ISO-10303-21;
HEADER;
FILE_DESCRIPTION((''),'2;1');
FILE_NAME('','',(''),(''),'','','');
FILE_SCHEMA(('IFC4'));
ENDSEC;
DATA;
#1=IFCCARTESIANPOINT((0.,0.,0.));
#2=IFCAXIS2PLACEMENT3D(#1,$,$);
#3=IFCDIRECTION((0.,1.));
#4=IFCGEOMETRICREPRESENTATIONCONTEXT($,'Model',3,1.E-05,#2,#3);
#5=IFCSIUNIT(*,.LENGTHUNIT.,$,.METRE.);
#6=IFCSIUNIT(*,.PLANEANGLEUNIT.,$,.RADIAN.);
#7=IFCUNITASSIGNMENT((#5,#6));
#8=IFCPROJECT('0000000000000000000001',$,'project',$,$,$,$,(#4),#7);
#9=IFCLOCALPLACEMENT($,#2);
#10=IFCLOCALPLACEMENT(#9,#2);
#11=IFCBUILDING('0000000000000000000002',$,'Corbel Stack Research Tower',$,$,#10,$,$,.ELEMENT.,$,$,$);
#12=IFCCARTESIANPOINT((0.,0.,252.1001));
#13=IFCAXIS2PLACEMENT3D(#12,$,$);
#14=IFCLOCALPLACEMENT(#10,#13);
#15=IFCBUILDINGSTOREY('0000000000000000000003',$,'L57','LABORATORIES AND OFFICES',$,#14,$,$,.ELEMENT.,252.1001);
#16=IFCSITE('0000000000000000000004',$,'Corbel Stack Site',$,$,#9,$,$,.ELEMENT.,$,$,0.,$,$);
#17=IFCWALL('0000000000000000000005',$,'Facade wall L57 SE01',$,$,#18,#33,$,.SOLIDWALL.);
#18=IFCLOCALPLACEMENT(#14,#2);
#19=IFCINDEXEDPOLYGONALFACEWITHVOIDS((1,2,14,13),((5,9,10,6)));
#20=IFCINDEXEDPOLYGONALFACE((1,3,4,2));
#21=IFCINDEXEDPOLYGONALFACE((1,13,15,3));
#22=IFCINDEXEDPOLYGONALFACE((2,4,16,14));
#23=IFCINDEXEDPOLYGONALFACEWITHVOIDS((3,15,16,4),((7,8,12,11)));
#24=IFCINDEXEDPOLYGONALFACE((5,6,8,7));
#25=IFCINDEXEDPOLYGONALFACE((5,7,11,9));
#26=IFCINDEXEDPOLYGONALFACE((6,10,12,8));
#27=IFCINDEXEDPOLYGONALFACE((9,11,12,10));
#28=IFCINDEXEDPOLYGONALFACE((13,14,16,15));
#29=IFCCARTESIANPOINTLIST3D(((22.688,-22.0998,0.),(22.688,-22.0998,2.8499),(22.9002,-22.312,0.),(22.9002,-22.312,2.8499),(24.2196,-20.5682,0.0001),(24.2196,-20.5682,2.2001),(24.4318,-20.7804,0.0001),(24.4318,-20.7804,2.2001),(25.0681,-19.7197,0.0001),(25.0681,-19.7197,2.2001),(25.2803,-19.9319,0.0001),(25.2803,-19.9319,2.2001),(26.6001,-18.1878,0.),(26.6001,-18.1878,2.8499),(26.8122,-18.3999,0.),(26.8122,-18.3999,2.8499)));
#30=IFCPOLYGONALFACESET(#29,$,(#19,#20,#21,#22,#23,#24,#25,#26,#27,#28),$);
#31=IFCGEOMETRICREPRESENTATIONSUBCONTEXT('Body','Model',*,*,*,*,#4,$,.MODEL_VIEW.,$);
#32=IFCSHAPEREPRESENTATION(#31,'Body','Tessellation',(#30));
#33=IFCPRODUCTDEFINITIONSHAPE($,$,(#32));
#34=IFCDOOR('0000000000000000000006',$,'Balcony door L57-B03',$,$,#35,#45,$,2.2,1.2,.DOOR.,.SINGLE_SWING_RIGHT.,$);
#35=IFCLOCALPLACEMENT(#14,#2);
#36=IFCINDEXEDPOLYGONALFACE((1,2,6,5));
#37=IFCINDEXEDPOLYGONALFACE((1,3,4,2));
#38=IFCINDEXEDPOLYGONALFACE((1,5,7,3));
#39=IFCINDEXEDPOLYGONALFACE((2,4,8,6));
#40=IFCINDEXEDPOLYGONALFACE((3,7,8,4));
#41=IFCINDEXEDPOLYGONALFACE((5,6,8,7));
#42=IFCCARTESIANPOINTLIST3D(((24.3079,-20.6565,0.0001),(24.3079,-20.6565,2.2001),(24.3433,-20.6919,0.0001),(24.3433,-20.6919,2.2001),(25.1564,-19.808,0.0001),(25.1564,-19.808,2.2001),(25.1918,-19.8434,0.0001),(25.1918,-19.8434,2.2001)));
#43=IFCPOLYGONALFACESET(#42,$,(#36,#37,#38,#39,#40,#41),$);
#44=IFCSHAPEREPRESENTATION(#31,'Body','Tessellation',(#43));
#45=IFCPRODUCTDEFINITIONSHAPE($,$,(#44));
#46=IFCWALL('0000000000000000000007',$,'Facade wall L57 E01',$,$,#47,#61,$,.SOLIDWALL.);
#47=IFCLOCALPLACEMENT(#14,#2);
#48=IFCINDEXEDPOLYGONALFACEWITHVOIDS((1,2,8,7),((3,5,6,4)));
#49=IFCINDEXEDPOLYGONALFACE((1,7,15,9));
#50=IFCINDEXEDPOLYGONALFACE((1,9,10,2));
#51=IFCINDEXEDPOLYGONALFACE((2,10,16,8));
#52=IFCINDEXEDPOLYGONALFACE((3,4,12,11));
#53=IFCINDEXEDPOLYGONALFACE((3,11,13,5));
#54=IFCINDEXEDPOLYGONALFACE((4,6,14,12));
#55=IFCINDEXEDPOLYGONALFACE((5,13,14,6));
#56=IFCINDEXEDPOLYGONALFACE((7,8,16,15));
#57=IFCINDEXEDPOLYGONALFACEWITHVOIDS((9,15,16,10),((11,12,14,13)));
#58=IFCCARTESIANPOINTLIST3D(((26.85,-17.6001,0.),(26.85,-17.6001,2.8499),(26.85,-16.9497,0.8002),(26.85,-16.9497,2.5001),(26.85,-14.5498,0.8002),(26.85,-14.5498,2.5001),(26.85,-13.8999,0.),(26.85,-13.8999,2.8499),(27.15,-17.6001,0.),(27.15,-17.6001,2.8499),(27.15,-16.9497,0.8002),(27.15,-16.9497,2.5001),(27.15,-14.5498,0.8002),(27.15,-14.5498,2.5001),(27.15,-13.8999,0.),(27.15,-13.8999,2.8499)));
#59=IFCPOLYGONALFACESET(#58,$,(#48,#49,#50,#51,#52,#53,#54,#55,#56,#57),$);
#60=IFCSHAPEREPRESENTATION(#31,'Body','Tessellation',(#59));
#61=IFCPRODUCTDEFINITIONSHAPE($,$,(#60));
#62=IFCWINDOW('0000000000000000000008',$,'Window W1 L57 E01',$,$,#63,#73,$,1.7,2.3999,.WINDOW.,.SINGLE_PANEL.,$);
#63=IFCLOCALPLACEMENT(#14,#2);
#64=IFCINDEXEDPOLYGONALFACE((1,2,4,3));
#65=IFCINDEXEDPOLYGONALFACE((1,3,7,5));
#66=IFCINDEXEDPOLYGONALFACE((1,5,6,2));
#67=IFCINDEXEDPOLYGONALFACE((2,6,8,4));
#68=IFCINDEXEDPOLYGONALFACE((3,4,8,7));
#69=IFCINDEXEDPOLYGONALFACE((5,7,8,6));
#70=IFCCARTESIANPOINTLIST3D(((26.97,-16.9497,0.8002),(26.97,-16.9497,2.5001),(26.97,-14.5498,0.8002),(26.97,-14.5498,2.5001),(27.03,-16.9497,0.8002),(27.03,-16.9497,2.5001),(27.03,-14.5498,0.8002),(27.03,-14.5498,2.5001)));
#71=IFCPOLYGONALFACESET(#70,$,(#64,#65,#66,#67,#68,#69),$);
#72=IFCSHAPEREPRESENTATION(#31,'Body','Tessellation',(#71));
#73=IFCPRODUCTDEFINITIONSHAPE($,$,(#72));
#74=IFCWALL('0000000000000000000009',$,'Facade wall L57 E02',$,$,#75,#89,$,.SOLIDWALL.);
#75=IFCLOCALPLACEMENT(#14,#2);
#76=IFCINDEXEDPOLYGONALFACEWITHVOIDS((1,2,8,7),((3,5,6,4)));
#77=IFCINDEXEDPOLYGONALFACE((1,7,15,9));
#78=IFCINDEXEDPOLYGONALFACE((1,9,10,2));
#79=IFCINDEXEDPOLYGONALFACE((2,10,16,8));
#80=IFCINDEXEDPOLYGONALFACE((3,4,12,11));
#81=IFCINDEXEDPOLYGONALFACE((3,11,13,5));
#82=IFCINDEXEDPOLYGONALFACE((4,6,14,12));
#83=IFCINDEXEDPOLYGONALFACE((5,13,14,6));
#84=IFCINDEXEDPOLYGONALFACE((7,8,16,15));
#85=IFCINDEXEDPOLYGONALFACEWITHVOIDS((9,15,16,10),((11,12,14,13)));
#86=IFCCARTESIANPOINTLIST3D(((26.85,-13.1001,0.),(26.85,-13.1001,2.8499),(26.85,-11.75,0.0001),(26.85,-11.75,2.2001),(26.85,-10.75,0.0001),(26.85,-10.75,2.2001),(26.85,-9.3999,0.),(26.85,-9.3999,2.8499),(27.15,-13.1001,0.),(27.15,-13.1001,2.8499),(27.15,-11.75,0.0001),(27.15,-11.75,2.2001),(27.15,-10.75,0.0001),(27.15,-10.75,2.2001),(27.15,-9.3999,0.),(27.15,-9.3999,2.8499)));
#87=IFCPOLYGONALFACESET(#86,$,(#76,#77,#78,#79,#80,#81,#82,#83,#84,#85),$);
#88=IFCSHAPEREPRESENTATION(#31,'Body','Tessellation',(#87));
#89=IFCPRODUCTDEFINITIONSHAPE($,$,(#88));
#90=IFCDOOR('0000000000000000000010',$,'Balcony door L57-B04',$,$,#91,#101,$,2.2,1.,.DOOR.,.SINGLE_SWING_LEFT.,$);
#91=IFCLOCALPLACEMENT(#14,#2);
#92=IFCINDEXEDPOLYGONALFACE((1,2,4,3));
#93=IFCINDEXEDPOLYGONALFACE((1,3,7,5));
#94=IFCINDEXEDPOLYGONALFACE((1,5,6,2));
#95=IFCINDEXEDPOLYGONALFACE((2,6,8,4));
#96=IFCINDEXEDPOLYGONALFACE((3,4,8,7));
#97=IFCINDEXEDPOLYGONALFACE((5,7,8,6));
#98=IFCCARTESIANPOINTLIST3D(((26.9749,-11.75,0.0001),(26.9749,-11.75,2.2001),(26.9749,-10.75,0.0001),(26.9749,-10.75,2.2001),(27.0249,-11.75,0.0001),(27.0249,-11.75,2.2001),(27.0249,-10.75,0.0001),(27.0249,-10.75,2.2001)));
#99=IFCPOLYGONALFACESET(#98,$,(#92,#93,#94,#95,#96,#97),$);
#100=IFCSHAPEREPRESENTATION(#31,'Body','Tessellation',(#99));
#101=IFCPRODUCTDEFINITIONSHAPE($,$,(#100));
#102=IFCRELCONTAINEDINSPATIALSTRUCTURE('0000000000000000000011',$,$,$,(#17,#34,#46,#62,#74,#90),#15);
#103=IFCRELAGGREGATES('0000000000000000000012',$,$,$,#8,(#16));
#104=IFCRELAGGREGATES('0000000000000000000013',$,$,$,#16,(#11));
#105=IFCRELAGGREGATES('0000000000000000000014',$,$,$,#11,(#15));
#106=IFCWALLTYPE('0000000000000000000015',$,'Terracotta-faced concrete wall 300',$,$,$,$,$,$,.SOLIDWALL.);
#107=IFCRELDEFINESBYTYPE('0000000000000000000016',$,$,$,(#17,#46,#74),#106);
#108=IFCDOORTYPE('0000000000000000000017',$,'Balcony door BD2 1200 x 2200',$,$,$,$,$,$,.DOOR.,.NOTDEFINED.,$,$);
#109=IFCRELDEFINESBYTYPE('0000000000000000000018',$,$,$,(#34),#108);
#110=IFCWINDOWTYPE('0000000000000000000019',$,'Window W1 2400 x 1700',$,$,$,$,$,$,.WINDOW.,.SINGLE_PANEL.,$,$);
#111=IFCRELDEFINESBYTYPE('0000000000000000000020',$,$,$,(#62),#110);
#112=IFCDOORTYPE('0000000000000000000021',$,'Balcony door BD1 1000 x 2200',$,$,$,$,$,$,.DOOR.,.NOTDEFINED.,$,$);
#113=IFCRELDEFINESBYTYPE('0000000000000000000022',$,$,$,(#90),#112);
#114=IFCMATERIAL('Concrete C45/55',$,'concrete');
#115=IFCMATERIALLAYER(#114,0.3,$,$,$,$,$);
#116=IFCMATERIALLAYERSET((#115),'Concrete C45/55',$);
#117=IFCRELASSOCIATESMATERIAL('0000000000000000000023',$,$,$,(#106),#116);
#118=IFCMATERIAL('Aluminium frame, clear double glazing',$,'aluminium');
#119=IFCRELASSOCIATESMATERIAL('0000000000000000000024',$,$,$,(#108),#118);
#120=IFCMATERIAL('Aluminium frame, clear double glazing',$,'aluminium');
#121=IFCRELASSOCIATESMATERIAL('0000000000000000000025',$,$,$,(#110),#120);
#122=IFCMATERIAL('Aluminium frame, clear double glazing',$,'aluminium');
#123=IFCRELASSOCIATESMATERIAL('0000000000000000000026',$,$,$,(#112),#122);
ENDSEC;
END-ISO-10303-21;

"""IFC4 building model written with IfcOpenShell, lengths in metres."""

from ifc_helpers import new_model, si_unit, direction, frame, frame_2d, origin, place, context, subcontext, project, spatial, rectangle, extrude, material, layer, layer_set, type_object, element, fill, save


model = new_model("IFC4")

# Units and contexts
model_context = context("Model", 3, precision=1e-05, world=origin(), true_north=direction((0.0, 1.0)))
body_context = subcontext(model_context, "Body", "Model", "MODEL_VIEW")
ifc_project = project(units=[si_unit("LENGTHUNIT", "METRE"), si_unit("PLANEANGLEUNIT", "RADIAN")], contexts=[model_context])

# Site, building, storey
site_placement = place(None, origin())
site = spatial("IfcSite", under=ifc_project, at=site_placement, Name="Corbel Stack Site", CompositionType="ELEMENT", RefElevation=0.0)
building_placement = place(site_placement, origin())
building = spatial("IfcBuilding", under=site, at=building_placement, Name="Corbel Stack Research Tower", CompositionType="ELEMENT")
storey_placement = place(building_placement, frame((0.0, 0.0, 252.1001)))
storey = spatial("IfcBuildingStorey", under=building, at=storey_placement, Name="L57", Description="LABORATORIES AND OFFICES", CompositionType="ELEMENT", Elevation=252.1001)

# Wall, opening, door
ifc_material_1 = material(Name="Concrete C45/55", Category="concrete")
ifc_layer_1 = layer(ifc_material_1, 0.3)
ifc_layer_set_1 = layer_set([ifc_layer_1], Name="Concrete C45/55")
wall_type_1 = type_object("IfcWallType", Name="Terracotta-faced concrete wall 300", PredefinedType="SOLIDWALL", material=ifc_layer_set_1)
wall_1_placement = place(storey_placement, frame((26.7061, -18.2939, 0.0), z_axis=(0.0, 0.0, 1.0), x_axis=(-0.707107, -0.707107, 0.0)))
wall_1 = element("IfcWall", 1, at=wall_1_placement, inside=storey, type_object=wall_type_1, Name="Facade wall L57 SE01", PredefinedType="SOLIDWALL", context=body_context, shape_type="SweptSolid", body=[
    extrude(rectangle(XDim=5.5325, YDim=0.3, at=frame_2d((2.7661, 0.0))), origin(), (0.0, 0.0, 1.0), 2.8499),
])
opening_1_placement = place(wall_1_placement, frame((2.1663, 0.0, 0.0)))
opening_1 = element("IfcOpeningElement", 2, at=opening_1_placement, cuts=wall_1, PredefinedType="OPENING", context=body_context, shape_type="SweptSolid", body=[
    extrude(rectangle(XDim=1.2, YDim=2.2, at=frame_2d((0.6001, 1.1001))), frame((0.0, 0.1599, 0.0), z_axis=(0.0, -1.0, 0.0), x_axis=(1.0, 0.0, 0.0)), (0.0, 0.0, 1.0), 0.3201),
])
ifc_material_2 = material(Name="Aluminium frame, clear double glazing", Category="aluminium")
door_type_1 = type_object("IfcDoorType", Name="Balcony door BD2 1200 x 2200", OperationType="NOTDEFINED", PredefinedType="DOOR", material=ifc_material_2)
door_1_placement = place(opening_1_placement, origin())
door_1 = element("IfcDoor", 3, at=door_1_placement, inside=storey, type_object=door_type_1, Name="Balcony door L57-B03", OperationType="SINGLE_SWING_RIGHT", OverallHeight=2.2, OverallWidth=1.2, PredefinedType="DOOR", context=body_context, shape_type="SweptSolid", body=[
    extrude(rectangle(XDim=1.2, YDim=2.2, at=frame_2d((0.6001, 1.1001))), frame((0.0, 0.0249, 0.0), z_axis=(0.0, -1.0, 0.0), x_axis=(1.0, 0.0, 0.0)), (0.0, 0.0, 1.0), 0.05),
])
fill(opening_1, door_1)

# Wall, opening, window
wall_2_placement = place(storey_placement, frame((27.0, -13.8999, 0.0), z_axis=(0.0, 0.0, 1.0), x_axis=(0.0, -1.0, 0.0)))
wall_2 = element("IfcWall", 4, at=wall_2_placement, inside=storey, type_object=wall_type_1, Name="Facade wall L57 E01", PredefinedType="SOLIDWALL", context=body_context, shape_type="SweptSolid", body=[
    extrude(rectangle(XDim=3.7002, YDim=0.3, at=frame_2d((1.8501, 0.0))), origin(), (0.0, 0.0, 1.0), 2.8499),
])
opening_2_placement = place(wall_2_placement, frame((0.6499, 0.0, 0.8)))
opening_2 = element("IfcOpeningElement", 5, at=opening_2_placement, cuts=wall_2, PredefinedType="OPENING", context=body_context, shape_type="SweptSolid", body=[
    extrude(rectangle(XDim=2.3999, YDim=1.7, at=frame_2d((1.2, 0.8501))), frame((0.0, 0.1599, 0.0), z_axis=(0.0, -1.0, 0.0), x_axis=(1.0, 0.0, 0.0)), (0.0, 0.0, 1.0), 0.3201),
])
ifc_material_3 = material(Name="Aluminium frame, clear double glazing", Category="aluminium")
window_type = type_object("IfcWindowType", Name="Window W1 2400 x 1700", PartitioningType="SINGLE_PANEL", PredefinedType="WINDOW", material=ifc_material_3)
window_placement = place(opening_2_placement, origin())
window = element("IfcWindow", 6, at=window_placement, inside=storey, type_object=window_type, Name="Window W1 L57 E01", OverallHeight=1.7, OverallWidth=2.3999, PartitioningType="SINGLE_PANEL", PredefinedType="WINDOW", context=body_context, shape_type="SweptSolid", body=[
    extrude(rectangle(XDim=2.3999, YDim=1.7, at=frame_2d((1.2, 0.8501))), frame((0.0, 0.03, 0.0), z_axis=(0.0, -1.0, 0.0), x_axis=(1.0, 0.0, 0.0)), (0.0, 0.0, 1.0), 0.0601),
])
fill(opening_2, window)

# Wall, opening, door
wall_3_placement = place(storey_placement, frame((27.0, -9.3999, 0.0), z_axis=(0.0, 0.0, 1.0), x_axis=(0.0, -1.0, 0.0)))
wall_3 = element("IfcWall", 7, at=wall_3_placement, inside=storey, type_object=wall_type_1, Name="Facade wall L57 E02", PredefinedType="SOLIDWALL", context=body_context, shape_type="SweptSolid", body=[
    extrude(rectangle(XDim=3.7002, YDim=0.3, at=frame_2d((1.8501, 0.0))), origin(), (0.0, 0.0, 1.0), 2.8499),
])
opening_3_placement = place(wall_3_placement, frame((1.3501, 0.0, 0.0)))
opening_3 = element("IfcOpeningElement", 8, at=opening_3_placement, cuts=wall_3, PredefinedType="OPENING", context=body_context, shape_type="SweptSolid", body=[
    extrude(rectangle(XDim=1.0, YDim=2.2, at=frame_2d((0.5, 1.1001))), frame((0.0, 0.1599, 0.0), z_axis=(0.0, -1.0, 0.0), x_axis=(1.0, 0.0, 0.0)), (0.0, 0.0, 1.0), 0.3201),
])
ifc_material_4 = material(Name="Aluminium frame, clear double glazing", Category="aluminium")
door_type_2 = type_object("IfcDoorType", Name="Balcony door BD1 1000 x 2200", OperationType="NOTDEFINED", PredefinedType="DOOR", material=ifc_material_4)
door_2_placement = place(opening_3_placement, origin())
door_2 = element("IfcDoor", 9, at=door_2_placement, inside=storey, type_object=door_type_2, Name="Balcony door L57-B04", OperationType="SINGLE_SWING_LEFT", OverallHeight=2.2, OverallWidth=1.0, PredefinedType="DOOR", context=body_context, shape_type="SweptSolid", body=[
    extrude(rectangle(XDim=1.0, YDim=2.2, at=frame_2d((0.5, 1.1001))), frame((0.0, 0.0249, 0.0), z_axis=(0.0, -1.0, 0.0), x_axis=(1.0, 0.0, 0.0)), (0.0, 0.0, 1.0), 0.05),
])
fill(opening_3, door_2)

save(model, "model.ifc")
